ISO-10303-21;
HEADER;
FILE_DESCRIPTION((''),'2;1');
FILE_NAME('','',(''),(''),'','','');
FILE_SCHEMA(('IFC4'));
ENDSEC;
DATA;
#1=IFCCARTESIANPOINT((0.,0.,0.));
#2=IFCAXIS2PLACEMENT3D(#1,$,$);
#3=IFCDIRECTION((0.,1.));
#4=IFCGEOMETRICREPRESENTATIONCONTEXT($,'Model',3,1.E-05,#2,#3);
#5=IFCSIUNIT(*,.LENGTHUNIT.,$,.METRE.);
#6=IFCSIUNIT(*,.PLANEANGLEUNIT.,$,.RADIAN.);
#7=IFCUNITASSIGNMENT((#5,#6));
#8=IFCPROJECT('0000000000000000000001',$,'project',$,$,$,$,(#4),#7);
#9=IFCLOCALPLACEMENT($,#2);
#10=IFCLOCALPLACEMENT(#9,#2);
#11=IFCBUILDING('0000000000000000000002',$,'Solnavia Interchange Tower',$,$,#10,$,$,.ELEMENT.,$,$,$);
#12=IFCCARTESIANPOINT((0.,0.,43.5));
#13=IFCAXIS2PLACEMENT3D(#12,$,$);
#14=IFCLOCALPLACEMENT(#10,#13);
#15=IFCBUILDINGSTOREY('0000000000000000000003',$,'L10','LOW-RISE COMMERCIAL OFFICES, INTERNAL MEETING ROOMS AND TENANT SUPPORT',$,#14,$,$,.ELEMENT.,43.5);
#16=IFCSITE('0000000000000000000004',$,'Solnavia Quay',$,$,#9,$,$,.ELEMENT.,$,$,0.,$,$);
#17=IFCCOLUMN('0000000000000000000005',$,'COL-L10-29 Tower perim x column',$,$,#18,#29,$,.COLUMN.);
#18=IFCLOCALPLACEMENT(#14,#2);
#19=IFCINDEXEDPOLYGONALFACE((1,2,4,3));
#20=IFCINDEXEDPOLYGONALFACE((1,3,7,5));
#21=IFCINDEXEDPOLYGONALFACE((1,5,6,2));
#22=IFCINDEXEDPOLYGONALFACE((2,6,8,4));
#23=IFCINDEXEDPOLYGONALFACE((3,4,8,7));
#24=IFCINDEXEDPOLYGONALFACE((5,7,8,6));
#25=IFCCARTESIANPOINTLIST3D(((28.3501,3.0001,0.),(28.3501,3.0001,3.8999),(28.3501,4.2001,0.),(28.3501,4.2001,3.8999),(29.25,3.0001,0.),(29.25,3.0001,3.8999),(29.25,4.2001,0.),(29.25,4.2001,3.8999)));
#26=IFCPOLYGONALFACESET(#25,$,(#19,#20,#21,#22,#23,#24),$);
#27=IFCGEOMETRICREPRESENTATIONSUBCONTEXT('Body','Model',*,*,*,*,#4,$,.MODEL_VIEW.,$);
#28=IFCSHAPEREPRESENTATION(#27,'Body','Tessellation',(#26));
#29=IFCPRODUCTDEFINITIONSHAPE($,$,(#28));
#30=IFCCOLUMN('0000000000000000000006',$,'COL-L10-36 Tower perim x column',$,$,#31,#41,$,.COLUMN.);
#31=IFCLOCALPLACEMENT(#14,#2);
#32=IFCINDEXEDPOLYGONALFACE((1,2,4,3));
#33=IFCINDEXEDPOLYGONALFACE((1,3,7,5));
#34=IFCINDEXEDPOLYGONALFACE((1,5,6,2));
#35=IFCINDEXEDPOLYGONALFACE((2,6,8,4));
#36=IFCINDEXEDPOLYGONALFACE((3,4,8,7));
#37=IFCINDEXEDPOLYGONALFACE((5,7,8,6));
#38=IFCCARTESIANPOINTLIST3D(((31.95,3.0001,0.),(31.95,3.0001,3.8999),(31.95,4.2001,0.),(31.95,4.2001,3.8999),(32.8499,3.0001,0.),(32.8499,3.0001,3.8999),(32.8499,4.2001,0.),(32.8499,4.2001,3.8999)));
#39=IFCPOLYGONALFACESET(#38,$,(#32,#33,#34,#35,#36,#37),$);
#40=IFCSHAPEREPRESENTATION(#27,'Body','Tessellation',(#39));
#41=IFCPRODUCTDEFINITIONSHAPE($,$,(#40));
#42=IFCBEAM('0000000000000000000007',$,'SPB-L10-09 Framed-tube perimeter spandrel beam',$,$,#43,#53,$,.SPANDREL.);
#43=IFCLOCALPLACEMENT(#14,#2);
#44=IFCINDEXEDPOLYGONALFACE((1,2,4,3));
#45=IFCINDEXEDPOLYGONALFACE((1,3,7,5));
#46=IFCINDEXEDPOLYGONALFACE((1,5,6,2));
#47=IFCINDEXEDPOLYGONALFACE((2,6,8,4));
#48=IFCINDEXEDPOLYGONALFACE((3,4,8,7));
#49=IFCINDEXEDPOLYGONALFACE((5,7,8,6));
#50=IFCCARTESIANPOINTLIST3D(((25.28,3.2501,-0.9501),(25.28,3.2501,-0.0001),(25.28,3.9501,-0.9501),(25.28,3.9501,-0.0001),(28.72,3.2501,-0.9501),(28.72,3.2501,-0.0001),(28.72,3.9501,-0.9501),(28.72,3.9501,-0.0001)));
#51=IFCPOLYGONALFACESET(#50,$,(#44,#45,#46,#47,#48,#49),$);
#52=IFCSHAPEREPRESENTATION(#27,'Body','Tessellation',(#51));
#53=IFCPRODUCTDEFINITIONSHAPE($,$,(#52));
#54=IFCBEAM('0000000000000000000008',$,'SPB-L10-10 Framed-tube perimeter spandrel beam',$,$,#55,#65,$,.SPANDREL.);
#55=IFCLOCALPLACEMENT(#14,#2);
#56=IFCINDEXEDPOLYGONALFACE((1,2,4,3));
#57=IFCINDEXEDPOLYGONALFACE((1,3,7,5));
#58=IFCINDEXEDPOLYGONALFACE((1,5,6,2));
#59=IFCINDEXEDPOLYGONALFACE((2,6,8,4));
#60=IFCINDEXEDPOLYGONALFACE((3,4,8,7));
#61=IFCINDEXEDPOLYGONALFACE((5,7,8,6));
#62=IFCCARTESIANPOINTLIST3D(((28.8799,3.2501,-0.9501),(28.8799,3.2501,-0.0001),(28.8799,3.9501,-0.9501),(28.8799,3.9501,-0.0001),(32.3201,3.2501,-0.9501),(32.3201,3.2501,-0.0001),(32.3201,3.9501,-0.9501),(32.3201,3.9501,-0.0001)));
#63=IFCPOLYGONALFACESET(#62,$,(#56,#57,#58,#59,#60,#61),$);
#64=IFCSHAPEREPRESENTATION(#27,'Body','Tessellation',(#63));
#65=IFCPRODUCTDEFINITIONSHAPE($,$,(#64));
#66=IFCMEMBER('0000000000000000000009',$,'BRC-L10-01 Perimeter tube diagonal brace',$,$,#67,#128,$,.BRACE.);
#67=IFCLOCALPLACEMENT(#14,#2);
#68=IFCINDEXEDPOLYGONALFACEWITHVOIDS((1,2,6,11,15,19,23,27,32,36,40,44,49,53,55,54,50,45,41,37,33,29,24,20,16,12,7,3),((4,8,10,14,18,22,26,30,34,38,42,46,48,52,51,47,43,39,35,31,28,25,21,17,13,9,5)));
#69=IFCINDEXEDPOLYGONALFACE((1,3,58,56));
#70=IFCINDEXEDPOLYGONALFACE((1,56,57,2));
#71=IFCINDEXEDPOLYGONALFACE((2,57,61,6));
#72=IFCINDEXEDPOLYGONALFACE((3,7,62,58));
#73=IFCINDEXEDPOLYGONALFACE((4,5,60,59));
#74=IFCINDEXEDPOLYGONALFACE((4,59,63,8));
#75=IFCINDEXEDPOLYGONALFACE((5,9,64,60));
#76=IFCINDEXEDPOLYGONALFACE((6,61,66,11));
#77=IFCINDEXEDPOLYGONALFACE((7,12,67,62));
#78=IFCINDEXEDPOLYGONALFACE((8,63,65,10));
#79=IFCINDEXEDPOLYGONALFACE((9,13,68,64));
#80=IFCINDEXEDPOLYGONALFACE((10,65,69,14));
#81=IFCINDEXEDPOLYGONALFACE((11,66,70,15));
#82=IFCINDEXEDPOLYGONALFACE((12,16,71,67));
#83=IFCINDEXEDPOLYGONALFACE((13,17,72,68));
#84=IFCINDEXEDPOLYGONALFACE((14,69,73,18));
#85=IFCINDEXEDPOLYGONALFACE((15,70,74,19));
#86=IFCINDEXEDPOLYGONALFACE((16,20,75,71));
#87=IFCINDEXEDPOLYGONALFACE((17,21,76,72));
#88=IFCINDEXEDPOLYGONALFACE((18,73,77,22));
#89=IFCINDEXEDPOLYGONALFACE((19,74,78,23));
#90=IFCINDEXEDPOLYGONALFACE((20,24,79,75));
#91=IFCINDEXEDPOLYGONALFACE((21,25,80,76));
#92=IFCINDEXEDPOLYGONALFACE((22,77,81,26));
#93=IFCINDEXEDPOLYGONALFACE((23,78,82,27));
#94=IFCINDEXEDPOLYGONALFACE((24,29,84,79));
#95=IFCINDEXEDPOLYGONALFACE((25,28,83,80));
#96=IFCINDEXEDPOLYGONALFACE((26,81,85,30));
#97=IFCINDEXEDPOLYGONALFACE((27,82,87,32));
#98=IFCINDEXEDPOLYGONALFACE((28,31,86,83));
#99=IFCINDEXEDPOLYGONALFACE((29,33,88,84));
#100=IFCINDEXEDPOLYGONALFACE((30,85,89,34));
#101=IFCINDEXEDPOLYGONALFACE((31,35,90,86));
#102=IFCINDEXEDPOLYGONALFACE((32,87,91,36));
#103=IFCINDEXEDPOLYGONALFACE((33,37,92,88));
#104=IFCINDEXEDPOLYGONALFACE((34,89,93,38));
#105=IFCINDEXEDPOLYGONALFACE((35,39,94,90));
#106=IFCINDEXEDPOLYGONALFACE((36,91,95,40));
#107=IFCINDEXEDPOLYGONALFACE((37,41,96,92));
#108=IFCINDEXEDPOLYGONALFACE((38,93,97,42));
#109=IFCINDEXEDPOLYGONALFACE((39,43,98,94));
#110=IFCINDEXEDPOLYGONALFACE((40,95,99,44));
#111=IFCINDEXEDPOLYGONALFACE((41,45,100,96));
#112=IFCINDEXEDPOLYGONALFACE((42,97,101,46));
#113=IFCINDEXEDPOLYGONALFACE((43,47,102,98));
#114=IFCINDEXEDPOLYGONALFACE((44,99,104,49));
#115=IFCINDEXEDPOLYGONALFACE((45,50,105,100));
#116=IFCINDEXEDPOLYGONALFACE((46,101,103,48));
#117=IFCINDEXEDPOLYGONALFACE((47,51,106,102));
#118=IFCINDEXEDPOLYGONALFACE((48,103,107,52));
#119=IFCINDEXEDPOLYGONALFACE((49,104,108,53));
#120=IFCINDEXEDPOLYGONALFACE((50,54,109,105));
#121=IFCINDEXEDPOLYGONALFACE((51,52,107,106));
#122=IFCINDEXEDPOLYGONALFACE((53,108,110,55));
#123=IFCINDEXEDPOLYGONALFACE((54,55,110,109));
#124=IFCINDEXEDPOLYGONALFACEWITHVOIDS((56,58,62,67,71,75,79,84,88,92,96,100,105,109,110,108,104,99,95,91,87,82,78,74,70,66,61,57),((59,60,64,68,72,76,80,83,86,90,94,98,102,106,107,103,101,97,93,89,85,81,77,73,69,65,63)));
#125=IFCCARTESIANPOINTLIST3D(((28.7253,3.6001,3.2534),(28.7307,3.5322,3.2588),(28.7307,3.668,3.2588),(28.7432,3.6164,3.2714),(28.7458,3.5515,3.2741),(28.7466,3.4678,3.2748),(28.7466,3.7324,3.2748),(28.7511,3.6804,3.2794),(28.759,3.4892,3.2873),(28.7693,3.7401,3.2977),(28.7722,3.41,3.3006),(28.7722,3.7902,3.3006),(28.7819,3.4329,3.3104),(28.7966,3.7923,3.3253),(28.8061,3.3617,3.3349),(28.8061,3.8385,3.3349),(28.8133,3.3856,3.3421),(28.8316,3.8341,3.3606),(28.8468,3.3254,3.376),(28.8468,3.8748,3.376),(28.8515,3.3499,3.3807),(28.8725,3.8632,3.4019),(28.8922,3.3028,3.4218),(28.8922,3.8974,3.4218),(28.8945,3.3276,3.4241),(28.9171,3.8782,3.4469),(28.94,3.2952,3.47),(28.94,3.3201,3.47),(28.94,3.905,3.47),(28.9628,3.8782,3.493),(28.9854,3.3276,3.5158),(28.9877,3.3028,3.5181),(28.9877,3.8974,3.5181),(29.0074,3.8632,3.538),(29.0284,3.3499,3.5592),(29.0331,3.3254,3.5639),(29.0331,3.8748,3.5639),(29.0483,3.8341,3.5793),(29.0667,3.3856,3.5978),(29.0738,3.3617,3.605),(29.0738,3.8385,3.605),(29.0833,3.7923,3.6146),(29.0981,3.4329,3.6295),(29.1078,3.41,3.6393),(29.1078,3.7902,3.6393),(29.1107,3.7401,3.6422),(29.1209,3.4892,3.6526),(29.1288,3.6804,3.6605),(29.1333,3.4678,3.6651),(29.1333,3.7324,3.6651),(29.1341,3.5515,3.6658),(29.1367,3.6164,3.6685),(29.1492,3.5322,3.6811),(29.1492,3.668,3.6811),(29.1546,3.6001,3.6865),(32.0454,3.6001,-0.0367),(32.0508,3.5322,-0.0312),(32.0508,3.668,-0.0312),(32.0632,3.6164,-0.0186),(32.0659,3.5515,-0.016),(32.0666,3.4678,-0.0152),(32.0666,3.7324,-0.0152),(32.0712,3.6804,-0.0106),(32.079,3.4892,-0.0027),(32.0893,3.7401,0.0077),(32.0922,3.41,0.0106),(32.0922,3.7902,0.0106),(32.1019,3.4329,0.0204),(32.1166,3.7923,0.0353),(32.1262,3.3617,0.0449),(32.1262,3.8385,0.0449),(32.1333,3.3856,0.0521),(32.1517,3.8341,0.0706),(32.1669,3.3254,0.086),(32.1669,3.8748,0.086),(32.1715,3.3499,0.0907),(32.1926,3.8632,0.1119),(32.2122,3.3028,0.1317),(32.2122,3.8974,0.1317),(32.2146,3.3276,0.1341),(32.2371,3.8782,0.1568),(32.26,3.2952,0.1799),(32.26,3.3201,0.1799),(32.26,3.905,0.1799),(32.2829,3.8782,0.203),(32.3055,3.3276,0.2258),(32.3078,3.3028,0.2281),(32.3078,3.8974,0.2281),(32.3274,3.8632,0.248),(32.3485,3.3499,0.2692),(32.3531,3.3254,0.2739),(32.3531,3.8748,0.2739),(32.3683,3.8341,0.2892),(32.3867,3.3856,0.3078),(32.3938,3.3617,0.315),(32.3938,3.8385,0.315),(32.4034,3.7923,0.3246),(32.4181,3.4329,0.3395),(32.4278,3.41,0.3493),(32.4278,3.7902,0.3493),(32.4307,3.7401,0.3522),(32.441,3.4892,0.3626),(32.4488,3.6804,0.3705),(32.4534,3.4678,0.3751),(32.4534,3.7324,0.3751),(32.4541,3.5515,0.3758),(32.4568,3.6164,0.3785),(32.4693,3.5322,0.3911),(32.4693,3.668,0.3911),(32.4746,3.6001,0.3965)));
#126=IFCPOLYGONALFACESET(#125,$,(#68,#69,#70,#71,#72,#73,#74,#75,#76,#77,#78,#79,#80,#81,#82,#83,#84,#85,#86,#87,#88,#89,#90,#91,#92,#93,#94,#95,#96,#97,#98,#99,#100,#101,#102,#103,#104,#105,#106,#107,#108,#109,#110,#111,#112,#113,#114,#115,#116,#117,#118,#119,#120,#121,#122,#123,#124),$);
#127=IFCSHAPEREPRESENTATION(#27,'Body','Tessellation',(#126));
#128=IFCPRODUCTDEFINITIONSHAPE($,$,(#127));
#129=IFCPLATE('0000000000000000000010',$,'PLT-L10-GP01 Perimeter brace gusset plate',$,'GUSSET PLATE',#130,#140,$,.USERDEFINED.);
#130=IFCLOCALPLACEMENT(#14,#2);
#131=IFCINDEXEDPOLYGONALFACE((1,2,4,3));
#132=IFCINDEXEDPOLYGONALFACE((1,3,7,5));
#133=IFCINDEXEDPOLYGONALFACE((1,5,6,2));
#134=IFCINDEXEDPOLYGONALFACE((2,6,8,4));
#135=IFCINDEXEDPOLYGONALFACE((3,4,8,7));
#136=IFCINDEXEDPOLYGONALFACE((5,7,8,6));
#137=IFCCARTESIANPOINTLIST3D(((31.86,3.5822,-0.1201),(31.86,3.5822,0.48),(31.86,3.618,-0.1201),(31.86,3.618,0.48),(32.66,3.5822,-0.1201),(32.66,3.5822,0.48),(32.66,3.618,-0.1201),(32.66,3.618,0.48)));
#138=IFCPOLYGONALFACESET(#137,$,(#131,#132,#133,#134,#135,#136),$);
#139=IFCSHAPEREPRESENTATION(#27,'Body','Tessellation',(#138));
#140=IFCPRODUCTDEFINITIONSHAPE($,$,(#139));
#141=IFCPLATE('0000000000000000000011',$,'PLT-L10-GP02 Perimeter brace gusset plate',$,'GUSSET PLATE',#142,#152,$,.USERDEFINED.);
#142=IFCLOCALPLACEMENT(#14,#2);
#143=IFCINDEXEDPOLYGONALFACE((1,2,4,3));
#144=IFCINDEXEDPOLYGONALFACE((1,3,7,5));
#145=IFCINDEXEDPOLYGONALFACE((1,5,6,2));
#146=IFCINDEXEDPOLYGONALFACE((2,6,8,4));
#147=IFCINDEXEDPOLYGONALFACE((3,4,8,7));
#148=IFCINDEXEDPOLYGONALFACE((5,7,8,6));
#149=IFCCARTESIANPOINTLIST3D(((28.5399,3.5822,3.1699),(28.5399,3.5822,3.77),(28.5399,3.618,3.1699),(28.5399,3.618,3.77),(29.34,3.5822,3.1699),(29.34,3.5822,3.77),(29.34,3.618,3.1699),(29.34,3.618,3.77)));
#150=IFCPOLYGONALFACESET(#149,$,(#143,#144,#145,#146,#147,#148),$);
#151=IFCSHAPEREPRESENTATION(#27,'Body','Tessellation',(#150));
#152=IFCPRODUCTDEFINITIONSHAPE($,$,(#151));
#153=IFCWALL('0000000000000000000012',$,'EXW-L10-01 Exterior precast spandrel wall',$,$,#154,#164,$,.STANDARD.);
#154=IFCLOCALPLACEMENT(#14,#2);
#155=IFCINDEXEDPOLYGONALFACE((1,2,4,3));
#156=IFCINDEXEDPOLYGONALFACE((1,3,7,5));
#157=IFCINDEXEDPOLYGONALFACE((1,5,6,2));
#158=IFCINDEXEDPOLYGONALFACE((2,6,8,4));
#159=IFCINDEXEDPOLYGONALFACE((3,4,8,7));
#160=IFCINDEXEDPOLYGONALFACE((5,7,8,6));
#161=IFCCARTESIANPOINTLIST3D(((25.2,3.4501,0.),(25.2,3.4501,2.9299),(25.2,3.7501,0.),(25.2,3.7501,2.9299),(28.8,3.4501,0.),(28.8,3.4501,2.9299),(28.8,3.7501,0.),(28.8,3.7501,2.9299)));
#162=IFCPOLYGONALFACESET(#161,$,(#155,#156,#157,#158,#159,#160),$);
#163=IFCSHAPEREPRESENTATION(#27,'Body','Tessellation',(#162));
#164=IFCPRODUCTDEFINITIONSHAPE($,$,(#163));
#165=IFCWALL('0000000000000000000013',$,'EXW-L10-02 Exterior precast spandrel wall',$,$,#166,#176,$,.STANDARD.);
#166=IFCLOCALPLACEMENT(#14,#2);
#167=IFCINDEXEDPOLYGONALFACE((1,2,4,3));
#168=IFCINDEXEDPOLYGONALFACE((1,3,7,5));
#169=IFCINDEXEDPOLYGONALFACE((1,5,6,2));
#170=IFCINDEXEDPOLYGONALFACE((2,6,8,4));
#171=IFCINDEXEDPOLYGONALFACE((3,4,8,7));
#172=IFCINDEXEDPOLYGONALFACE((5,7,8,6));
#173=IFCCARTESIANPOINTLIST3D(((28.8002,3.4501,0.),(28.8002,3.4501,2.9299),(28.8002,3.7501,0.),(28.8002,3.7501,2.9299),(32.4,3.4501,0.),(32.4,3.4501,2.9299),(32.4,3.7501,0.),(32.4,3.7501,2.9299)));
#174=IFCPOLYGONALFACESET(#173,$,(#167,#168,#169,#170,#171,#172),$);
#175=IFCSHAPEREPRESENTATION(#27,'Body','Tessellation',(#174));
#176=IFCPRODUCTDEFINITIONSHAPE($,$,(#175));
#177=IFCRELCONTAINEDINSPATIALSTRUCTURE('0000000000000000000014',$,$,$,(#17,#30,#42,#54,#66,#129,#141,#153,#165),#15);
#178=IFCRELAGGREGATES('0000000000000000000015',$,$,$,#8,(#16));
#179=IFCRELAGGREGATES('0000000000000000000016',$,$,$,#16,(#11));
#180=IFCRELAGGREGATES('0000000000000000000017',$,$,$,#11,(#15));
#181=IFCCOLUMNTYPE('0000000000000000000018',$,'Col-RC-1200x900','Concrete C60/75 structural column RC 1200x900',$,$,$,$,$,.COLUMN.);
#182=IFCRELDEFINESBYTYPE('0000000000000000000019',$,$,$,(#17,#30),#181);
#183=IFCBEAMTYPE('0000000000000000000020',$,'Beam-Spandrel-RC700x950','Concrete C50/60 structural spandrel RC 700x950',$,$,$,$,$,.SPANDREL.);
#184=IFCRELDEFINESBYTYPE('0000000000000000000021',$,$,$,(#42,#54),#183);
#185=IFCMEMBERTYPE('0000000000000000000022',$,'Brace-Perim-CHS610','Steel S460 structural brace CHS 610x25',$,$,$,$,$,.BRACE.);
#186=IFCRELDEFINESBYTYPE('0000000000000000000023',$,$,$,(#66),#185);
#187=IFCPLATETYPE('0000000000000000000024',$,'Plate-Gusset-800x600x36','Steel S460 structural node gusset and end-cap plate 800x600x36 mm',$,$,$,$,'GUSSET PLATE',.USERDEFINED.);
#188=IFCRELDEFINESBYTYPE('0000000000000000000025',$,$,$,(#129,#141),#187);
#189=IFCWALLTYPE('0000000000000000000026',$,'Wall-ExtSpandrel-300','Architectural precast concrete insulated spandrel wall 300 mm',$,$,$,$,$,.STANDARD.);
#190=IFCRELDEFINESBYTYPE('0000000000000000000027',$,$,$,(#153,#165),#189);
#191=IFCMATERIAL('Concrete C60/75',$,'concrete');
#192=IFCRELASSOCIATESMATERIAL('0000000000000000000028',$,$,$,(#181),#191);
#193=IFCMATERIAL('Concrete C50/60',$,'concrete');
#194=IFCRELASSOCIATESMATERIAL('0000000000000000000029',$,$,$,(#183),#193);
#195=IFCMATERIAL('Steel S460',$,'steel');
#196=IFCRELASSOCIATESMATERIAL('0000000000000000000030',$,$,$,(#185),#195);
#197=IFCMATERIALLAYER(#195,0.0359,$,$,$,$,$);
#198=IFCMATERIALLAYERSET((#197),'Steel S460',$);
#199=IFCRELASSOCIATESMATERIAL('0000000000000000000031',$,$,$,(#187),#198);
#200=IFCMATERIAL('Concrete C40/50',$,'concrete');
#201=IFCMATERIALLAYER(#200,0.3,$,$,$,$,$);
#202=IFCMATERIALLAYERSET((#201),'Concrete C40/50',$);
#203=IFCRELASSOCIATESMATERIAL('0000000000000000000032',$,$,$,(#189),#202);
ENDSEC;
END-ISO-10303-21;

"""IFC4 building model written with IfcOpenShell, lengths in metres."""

from ifc_helpers import new_model, si_unit, direction, frame, frame_2d, origin, origin_2d, place, context, subcontext, project, spatial, rectangle, hollow_circle, extrude, material, layer, layer_set, material_profile, profile_set, type_object, element, save


model = new_model("IFC4")

# Units and contexts
model_context = context("Model", 3, precision=1e-05, world=origin(), true_north=direction((0.0, 1.0)))
body_context = subcontext(model_context, "Body", "Model", "MODEL_VIEW")
ifc_project = project(units=[si_unit("LENGTHUNIT", "METRE"), si_unit("PLANEANGLEUNIT", "RADIAN")], contexts=[model_context])

# Site, building, storey
site_placement = place(None, origin())
site = spatial("IfcSite", under=ifc_project, at=site_placement, Name="Solnavia Quay", CompositionType="ELEMENT", RefElevation=0.0)
building_placement = place(site_placement, origin())
building = spatial("IfcBuilding", under=site, at=building_placement, Name="Solnavia Interchange Tower", CompositionType="ELEMENT")
storey_placement = place(building_placement, frame((0.0, 0.0, 43.5)))
storey = spatial("IfcBuildingStorey", under=building, at=storey_placement, Name="L10", Description="LOW-RISE COMMERCIAL OFFICES, INTERNAL MEETING ROOMS AND TENANT SUPPORT", CompositionType="ELEMENT", Elevation=43.5)

# Columns
ifc_material_1 = material(Name="Concrete C60/75", Category="concrete")
ifc_material_profile_1 = material_profile(ifc_material_1, rectangle(XDim=0.8999, YDim=1.2, at=origin_2d()), Name="RC 1200x900")
ifc_profile_set_1 = profile_set([ifc_material_profile_1], Name="Concrete C60/75")
column_type = type_object("IfcColumnType", Name="Col-RC-1200x900", Description="Concrete C60/75 structural column RC 1200x900", PredefinedType="COLUMN", material=ifc_profile_set_1)
for number, where, z_axis, x_axis, name in (
    (1, (28.8, 3.6001, 0.0), (0.0, 0.0, 1.0), (1.0, 0.0, 0.0), "COL-L10-29 Tower perim x column"),
    (2, (32.3999, 3.6001, 0.0), (0.0, 0.0, 1.0), (1.0, 0.0, 0.0), "COL-L10-36 Tower perim x column"),
):
    element("IfcColumn", number, at=place(storey_placement, frame(where, z_axis=z_axis, x_axis=x_axis)), inside=storey, type_object=column_type, Name=name, PredefinedType="COLUMN", context=body_context, shape_type="SweptSolid", body=[
        extrude(rectangle(XDim=0.8999, YDim=1.2, at=origin_2d()), origin(), (0.0, 0.0, 1.0), 3.8999),
    ])

# Beams
ifc_material_2 = material(Name="Concrete C50/60", Category="concrete")
ifc_material_profile_2 = material_profile(ifc_material_2, rectangle(XDim=0.7, YDim=0.95, at=origin_2d()), Name="RC 700x950")
ifc_profile_set_2 = profile_set([ifc_material_profile_2], Name="Concrete C50/60")
beam_type = type_object("IfcBeamType", Name="Beam-Spandrel-RC700x950", Description="Concrete C50/60 structural spandrel RC 700x950", PredefinedType="SPANDREL", material=ifc_profile_set_2)
beam_1_placement = place(storey_placement, frame((25.28, 3.6001, -0.4751), z_axis=(1.0, 0.0, 0.0), x_axis=(0.0, 1.0, 0.0)))
element("IfcBeam", 3, at=beam_1_placement, inside=storey, type_object=beam_type, Name="SPB-L10-09 Framed-tube perimeter spandrel beam", PredefinedType="SPANDREL", context=body_context, shape_type="SweptSolid", body=[
    extrude(rectangle(XDim=0.7, YDim=0.95, at=origin_2d()), origin(), (0.0, 0.0, 1.0), 3.4399),
])
beam_2_placement = place(storey_placement, frame((28.8799, 3.6001, -0.4751), z_axis=(1.0, 0.0, 0.0), x_axis=(0.0, 1.0, 0.0)))
element("IfcBeam", 4, at=beam_2_placement, inside=storey, type_object=beam_type, Name="SPB-L10-10 Framed-tube perimeter spandrel beam", PredefinedType="SPANDREL", context=body_context, shape_type="SweptSolid", body=[
    extrude(rectangle(XDim=0.7, YDim=0.95, at=origin_2d()), origin(), (0.0, 0.0, 1.0), 3.4402),
])

# Member
ifc_material_3 = material(Name="Steel S460", Category="steel")
ifc_material_profile_3 = material_profile(ifc_material_3, hollow_circle(Radius=0.3049, WallThickness=0.0249, at=origin_2d()), Name="CHS 610x25")
ifc_profile_set_3 = profile_set([ifc_material_profile_3], Name="Steel S460")
member_type = type_object("IfcMemberType", Name="Brace-Perim-CHS610", Description="Steel S460 structural brace CHS 610x25", PredefinedType="BRACE", material=ifc_profile_set_3)
member_placement = place(storey_placement, frame((32.26, 3.6001, 0.1799), z_axis=(-0.710312, 0.0, 0.703887), x_axis=(0.0, -1.0, 0.0)))
element("IfcMember", 5, at=member_placement, inside=storey, type_object=member_type, Name="BRC-L10-01 Perimeter tube diagonal brace", PredefinedType="BRACE", context=body_context, shape_type="SweptSolid", body=[
    extrude(hollow_circle(Radius=0.3049, WallThickness=0.0249, at=origin_2d()), origin(), (0.0, 0.0, 1.0), 4.6741),
])

# Plates
ifc_layer_1 = layer(ifc_material_3, 0.0359)
ifc_layer_set_1 = layer_set([ifc_layer_1], Name="Steel S460")
plate_type = type_object("IfcPlateType", Name="Plate-Gusset-800x600x36", Description="Steel S460 structural node gusset and end-cap plate 800x600x36 mm", ElementType="GUSSET PLATE", PredefinedType="USERDEFINED", material=ifc_layer_set_1)
for number, where, z_axis, x_axis, name in (
    (6, (32.26, 3.6001, -0.1201), (0.0, 0.0, 1.0), (-1.0, 0.0, 0.0), "PLT-L10-GP01 Perimeter brace gusset plate"),
    (7, (28.9399, 3.6001, 3.1699), (0.0, 0.0, 1.0), (-1.0, 0.0, 0.0), "PLT-L10-GP02 Perimeter brace gusset plate"),
):
    element("IfcPlate", number, at=place(storey_placement, frame(where, z_axis=z_axis, x_axis=x_axis)), inside=storey, type_object=plate_type, Name=name, ObjectType="GUSSET PLATE", PredefinedType="USERDEFINED", context=body_context, shape_type="SweptSolid", body=[
        extrude(rectangle(XDim=0.8, YDim=0.0359, at=origin_2d()), origin(), (0.0, 0.0, 1.0), 0.6001),
    ])

# Walls
ifc_material_4 = material(Name="Concrete C40/50", Category="concrete")
ifc_layer_2 = layer(ifc_material_4, 0.3)
ifc_layer_set_2 = layer_set([ifc_layer_2], Name="Concrete C40/50")
wall_type_1 = type_object("IfcWallType", Name="Wall-ExtSpandrel-300", Description="Architectural precast concrete insulated spandrel wall 300 mm", PredefinedType="STANDARD", material=ifc_layer_set_2)
wall_1_placement = place(storey_placement, frame((28.8, 3.6001, 0.0), z_axis=(0.0, 0.0, 1.0), x_axis=(-1.0, 0.0, 0.0)))
element("IfcWall", 8, at=wall_1_placement, inside=storey, type_object=wall_type_1, Name="EXW-L10-01 Exterior precast spandrel wall", PredefinedType="STANDARD", context=body_context, shape_type="SweptSolid", body=[
    extrude(rectangle(XDim=3.6001, YDim=0.3, at=frame_2d((1.8, 0.0))), origin(), (0.0, 0.0, 1.0), 2.9299),
])
wall_2_placement = place(storey_placement, frame((32.3999, 3.6001, 0.0), z_axis=(0.0, 0.0, 1.0), x_axis=(-1.0, 0.0, 0.0)))
element("IfcWall", 9, at=wall_2_placement, inside=storey, type_object=wall_type_1, Name="EXW-L10-02 Exterior precast spandrel wall", PredefinedType="STANDARD", context=body_context, shape_type="SweptSolid", body=[
    extrude(rectangle(XDim=3.5999, YDim=0.3, at=frame_2d((1.7998, 0.0))), origin(), (0.0, 0.0, 1.0), 2.9299),
])

save(model, "model.ifc")
